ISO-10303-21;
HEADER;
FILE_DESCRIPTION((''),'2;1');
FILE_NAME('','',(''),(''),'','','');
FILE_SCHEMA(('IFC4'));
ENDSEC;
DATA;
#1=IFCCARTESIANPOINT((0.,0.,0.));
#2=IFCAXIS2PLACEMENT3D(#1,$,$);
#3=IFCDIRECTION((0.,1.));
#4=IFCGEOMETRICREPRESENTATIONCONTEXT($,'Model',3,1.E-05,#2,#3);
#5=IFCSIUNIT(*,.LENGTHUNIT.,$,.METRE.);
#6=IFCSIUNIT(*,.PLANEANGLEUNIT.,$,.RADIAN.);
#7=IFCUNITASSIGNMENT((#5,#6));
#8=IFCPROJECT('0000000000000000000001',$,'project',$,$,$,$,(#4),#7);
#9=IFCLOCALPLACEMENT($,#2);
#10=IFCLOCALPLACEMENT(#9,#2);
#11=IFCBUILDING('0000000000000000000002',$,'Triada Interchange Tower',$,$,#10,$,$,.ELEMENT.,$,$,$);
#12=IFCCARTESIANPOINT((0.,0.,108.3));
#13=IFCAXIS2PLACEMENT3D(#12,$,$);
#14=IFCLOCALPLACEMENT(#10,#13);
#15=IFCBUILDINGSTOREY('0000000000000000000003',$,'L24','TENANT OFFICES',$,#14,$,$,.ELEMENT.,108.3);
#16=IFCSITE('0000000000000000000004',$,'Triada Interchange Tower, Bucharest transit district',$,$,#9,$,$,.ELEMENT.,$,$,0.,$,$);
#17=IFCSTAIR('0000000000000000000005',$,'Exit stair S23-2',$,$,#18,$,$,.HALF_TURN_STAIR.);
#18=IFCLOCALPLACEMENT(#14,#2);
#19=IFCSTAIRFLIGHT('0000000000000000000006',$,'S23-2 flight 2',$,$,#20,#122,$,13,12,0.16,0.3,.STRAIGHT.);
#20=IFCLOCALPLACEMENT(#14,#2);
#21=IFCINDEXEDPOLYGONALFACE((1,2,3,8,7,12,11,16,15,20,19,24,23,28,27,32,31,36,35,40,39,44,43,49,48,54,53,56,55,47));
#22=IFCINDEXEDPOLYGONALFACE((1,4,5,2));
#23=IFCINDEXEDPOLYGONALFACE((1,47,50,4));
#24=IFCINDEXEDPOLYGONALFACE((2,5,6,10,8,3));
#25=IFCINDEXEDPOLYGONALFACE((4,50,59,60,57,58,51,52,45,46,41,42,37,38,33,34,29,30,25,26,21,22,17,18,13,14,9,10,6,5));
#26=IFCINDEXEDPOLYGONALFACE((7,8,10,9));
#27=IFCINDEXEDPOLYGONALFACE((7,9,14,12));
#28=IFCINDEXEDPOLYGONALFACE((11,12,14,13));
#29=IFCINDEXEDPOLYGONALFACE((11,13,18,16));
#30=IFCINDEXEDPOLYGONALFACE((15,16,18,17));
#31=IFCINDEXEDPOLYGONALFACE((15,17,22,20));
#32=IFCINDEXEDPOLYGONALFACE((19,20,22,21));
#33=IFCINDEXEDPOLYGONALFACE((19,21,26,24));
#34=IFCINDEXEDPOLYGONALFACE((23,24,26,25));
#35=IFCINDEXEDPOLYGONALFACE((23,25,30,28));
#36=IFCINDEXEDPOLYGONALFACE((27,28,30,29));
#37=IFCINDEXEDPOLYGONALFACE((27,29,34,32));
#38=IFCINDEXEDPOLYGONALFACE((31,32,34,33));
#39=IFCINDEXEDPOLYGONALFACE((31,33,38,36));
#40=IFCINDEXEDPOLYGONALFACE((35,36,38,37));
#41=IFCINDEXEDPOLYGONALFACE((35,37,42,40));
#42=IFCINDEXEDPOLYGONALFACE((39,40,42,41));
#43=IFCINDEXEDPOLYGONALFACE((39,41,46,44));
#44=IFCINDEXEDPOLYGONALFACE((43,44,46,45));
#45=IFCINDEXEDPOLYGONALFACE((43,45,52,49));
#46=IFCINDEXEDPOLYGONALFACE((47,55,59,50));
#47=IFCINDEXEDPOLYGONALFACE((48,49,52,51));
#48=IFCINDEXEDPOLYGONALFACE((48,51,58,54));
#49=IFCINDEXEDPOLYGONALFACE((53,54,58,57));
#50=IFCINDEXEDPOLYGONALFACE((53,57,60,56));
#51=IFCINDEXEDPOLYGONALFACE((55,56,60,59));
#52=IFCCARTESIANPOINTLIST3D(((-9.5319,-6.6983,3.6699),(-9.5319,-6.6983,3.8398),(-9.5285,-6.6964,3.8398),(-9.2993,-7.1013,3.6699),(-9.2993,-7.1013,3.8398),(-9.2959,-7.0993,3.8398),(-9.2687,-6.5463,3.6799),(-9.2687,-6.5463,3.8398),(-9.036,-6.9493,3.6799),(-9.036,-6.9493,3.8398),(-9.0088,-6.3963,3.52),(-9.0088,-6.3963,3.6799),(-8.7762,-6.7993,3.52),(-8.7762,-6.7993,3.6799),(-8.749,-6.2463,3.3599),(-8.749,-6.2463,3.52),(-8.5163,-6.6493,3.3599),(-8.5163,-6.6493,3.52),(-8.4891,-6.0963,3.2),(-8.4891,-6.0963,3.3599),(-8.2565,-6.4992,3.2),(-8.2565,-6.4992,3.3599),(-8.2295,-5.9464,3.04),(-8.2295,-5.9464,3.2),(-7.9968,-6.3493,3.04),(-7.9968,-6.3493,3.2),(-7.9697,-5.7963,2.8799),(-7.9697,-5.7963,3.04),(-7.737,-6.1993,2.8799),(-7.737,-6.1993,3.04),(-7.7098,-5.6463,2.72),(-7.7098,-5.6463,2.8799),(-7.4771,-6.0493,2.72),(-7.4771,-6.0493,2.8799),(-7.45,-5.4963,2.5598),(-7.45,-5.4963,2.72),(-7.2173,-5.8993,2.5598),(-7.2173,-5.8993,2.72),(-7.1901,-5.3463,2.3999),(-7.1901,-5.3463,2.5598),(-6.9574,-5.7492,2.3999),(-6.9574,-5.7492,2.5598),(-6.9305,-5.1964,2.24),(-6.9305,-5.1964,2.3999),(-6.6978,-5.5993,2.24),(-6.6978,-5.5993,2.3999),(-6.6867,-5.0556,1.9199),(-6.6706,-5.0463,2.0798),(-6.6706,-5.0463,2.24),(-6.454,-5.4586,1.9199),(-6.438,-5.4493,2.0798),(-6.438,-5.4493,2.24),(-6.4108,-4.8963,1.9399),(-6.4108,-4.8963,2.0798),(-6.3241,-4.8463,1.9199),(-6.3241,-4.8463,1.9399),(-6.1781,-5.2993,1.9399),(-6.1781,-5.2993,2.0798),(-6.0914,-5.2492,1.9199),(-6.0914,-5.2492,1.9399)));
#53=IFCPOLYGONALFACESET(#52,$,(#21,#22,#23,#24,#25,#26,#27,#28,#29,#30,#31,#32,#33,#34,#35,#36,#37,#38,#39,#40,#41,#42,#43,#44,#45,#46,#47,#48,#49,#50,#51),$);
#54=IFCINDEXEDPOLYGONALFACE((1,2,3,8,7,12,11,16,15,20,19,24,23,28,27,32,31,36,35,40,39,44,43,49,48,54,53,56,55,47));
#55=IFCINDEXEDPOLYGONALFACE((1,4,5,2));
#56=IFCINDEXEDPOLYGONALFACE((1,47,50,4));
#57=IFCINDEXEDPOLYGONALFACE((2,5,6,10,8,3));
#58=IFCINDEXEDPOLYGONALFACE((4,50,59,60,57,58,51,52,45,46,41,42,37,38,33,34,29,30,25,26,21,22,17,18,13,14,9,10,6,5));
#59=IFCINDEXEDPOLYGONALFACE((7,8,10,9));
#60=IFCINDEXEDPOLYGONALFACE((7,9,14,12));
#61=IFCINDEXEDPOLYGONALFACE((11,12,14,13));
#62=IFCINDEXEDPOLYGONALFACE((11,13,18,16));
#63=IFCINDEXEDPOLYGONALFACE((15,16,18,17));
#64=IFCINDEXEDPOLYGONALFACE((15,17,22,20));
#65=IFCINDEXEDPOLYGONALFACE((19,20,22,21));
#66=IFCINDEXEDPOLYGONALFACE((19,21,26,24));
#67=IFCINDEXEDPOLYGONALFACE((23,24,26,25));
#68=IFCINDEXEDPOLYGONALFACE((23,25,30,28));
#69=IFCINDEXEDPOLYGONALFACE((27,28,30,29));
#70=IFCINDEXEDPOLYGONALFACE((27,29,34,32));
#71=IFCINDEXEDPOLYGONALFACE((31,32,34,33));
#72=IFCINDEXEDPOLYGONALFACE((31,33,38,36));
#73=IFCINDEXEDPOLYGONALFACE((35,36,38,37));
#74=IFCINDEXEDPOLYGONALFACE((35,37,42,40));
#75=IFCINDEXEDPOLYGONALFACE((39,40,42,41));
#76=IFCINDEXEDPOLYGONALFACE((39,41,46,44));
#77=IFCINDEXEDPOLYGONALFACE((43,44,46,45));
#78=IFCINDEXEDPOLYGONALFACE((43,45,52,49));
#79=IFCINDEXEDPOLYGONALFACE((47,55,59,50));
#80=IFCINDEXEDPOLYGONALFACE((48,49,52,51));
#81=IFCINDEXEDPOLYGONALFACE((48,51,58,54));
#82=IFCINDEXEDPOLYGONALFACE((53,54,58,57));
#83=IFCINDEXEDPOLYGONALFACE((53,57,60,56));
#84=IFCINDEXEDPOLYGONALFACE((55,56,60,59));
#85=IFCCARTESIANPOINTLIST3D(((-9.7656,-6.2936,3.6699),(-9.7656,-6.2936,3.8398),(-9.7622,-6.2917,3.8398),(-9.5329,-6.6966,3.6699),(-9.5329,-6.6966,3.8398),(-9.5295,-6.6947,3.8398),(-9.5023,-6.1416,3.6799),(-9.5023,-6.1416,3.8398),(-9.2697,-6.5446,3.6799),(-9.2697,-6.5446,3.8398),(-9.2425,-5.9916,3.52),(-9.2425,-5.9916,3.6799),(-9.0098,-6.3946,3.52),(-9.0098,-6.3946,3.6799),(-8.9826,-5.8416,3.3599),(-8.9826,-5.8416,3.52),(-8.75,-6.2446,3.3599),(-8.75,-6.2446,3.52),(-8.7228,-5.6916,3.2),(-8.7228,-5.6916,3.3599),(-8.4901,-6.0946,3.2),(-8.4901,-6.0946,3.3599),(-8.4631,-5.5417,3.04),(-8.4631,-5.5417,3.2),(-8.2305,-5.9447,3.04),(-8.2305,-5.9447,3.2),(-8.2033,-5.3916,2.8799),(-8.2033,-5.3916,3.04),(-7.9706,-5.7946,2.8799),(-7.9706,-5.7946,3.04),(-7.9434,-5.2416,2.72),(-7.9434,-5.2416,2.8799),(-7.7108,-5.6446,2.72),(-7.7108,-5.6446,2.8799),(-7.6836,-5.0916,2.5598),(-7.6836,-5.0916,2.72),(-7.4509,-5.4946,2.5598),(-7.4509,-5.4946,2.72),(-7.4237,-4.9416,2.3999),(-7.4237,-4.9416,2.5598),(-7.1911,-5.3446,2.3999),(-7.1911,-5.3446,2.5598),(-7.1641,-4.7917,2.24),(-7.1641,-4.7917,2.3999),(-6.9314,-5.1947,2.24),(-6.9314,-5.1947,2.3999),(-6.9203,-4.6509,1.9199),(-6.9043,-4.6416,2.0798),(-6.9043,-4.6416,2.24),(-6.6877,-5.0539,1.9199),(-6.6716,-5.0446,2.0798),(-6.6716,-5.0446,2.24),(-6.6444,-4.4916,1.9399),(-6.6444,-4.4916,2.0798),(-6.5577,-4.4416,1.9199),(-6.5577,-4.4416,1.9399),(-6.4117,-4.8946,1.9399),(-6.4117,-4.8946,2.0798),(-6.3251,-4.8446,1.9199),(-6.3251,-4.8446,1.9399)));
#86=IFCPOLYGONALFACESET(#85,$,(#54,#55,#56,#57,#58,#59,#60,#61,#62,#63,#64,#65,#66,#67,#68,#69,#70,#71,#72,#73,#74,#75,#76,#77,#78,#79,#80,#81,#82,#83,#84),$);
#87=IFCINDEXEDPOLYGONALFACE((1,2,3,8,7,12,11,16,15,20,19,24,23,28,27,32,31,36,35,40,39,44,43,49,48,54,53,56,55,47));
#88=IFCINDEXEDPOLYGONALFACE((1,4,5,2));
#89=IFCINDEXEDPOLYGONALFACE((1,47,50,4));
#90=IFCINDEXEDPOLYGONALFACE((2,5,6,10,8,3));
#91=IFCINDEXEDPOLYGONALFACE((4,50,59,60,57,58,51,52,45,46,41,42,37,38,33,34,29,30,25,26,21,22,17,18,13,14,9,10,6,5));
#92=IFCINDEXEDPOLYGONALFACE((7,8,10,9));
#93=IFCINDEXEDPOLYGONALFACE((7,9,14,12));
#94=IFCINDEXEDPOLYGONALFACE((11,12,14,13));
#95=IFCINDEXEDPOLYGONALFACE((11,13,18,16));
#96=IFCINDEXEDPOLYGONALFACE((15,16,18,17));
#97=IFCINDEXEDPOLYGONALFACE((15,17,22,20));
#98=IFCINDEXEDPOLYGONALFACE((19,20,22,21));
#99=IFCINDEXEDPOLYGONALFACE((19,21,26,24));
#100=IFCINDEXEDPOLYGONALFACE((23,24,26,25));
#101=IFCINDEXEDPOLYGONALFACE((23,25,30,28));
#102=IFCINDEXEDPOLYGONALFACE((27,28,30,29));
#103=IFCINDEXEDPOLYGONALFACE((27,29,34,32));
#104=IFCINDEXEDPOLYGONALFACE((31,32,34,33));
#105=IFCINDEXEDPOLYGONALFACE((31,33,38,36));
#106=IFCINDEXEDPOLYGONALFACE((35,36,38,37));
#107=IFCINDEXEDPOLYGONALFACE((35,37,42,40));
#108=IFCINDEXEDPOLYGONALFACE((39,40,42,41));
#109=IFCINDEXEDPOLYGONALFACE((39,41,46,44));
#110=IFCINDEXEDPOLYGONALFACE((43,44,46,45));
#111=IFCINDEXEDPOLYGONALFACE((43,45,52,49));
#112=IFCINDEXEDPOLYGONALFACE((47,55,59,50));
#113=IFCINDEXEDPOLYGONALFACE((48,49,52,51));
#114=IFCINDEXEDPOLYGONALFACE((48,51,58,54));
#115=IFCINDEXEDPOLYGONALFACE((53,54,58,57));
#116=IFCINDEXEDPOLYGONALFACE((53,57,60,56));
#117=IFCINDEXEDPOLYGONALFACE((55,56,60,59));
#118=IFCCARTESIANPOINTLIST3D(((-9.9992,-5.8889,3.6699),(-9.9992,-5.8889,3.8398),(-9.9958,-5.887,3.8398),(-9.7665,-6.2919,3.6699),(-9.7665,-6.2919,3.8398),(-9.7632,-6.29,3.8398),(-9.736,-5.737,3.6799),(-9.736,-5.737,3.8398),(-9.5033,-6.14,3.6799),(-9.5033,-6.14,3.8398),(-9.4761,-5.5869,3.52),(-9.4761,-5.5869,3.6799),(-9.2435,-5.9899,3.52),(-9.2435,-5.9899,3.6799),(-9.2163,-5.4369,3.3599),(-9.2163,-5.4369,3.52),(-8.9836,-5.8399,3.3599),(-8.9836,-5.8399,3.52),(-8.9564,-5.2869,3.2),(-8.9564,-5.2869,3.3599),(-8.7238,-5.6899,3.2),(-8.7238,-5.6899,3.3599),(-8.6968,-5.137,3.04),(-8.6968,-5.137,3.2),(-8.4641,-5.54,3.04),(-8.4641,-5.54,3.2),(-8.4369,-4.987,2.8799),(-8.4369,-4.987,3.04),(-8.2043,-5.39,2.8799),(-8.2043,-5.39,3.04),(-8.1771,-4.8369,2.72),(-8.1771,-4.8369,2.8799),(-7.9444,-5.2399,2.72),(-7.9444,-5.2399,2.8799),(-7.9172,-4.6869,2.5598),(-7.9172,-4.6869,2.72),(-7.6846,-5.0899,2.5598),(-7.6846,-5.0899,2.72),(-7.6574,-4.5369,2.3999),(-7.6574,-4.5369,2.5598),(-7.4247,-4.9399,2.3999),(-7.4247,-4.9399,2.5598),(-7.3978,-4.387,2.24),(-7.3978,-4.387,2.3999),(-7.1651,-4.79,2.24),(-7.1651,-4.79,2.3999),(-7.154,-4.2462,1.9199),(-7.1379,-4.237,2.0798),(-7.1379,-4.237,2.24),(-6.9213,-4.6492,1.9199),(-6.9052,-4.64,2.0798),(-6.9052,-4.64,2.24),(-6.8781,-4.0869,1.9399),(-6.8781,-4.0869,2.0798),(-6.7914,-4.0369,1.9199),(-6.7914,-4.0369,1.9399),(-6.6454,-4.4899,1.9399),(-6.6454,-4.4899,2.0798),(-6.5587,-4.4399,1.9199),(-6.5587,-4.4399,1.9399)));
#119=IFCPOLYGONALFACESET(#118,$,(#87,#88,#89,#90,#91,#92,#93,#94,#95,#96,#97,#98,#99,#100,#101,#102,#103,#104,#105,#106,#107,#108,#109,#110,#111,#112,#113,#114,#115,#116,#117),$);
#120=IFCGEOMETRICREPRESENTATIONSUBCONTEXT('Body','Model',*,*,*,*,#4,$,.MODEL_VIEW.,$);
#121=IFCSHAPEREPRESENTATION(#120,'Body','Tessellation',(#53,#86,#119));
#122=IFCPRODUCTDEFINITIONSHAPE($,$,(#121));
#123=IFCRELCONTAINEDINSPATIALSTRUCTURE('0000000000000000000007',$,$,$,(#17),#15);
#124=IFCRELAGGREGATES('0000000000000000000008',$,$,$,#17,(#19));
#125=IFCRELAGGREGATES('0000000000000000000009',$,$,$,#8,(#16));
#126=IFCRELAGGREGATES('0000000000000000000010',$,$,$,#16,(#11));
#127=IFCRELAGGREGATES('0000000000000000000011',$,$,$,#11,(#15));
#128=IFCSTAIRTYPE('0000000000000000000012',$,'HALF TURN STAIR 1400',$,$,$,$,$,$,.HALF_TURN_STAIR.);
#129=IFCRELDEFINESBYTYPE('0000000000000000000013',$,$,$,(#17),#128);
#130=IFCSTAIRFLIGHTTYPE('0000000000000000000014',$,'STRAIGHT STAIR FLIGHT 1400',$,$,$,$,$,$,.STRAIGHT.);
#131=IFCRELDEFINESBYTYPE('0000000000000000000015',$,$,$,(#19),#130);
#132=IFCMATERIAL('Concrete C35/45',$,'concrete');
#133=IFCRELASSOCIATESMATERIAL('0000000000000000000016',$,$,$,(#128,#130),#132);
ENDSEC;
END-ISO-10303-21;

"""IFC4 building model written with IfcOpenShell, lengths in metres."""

from ifc_helpers import new_model, si_unit, direction, frame, origin, place, context, subcontext, project, spatial, polyline, outline, extrude, material, type_object, element, aggregate, save


model = new_model("IFC4")

# Units and contexts
model_context = context("Model", 3, precision=1e-05, world=origin(), true_north=direction((0.0, 1.0)))
body_context = subcontext(model_context, "Body", "Model", "MODEL_VIEW")
ifc_project = project(units=[si_unit("LENGTHUNIT", "METRE"), si_unit("PLANEANGLEUNIT", "RADIAN")], contexts=[model_context])

# Site, building, storey
site_placement = place(None, origin())
site = spatial("IfcSite", under=ifc_project, at=site_placement, Name="Triada Interchange Tower, Bucharest transit district", CompositionType="ELEMENT", RefElevation=0.0)
building_placement = place(site_placement, origin())
building = spatial("IfcBuilding", under=site, at=building_placement, Name="Triada Interchange Tower", CompositionType="ELEMENT")
storey_placement = place(building_placement, frame((0.0, 0.0, 108.3)))
storey = spatial("IfcBuildingStorey", under=building, at=storey_placement, Name="L24", Description="TENANT OFFICES", CompositionType="ELEMENT", Elevation=108.3)

# Stair, stair flight
ifc_material_1 = material(Name="Concrete C35/45", Category="concrete")
stair_type = type_object("IfcStairType", Name="HALF TURN STAIR 1400", PredefinedType="HALF_TURN_STAIR", material=ifc_material_1)
stair_placement = place(storey_placement, origin())
stair = element("IfcStair", 1, at=stair_placement, inside=storey, type_object=stair_type, Name="Exit stair S23-2", PredefinedType="HALF_TURN_STAIR")
stair_flight_type = type_object("IfcStairFlightType", Name="STRAIGHT STAIR FLIGHT 1400", PredefinedType="STRAIGHT", material=ifc_material_1)
stair_flight_1_placement = place(storey_placement, frame((-6.5281, -4.6931, 1.9199), z_axis=(0.0, 0.0, 1.0), x_axis=(-0.866025, -0.5, 0.0)))
stair_flight_1 = element("IfcStairFlight", 2, at=stair_flight_1_placement, type_object=stair_flight_type, Name="S23-2 flight 2", NumberOfRisers=13, NumberOfTreads=12, PredefinedType="STRAIGHT", RiserHeight=0.16, TreadLength=0.3, context=body_context, shape_type="SweptSolid", body=[
    extrude(outline(polyline([(-0.1001, 0.0), (-0.1001, 0.02), (0.0, 0.02), (0.0, 0.1599), (0.3, 0.1599), (0.3, 0.3201), (0.6001, 0.3201), (0.6001, 0.48), (0.8999, 0.48), (0.8999, 0.6399), (1.2, 0.6399), (1.2, 0.8), (1.5, 0.8), (1.5, 0.96), (1.8, 0.96), (1.8, 1.1201), (2.1001, 1.1201), (2.1001, 1.28), (2.3999, 1.28), (2.3999, 1.4399), (2.7, 1.4399), (2.7, 1.6001), (3.0, 1.6001), (3.0, 1.76), (3.3, 1.76), (3.3, 1.9199), (3.6001, 1.9199), (3.604, 1.9199), (3.604, 2.0801), (3.604, 1.75), (0.3186, 0.0), (-0.1001, 0.0)])), frame((0.0, 0.7, 0.0), z_axis=(0.0, -1.0, 0.0), x_axis=(1.0, 0.0, 0.0)), (0.0, 0.0, 1.0), 0.4653),
    extrude(outline(polyline([(-0.1001, 0.0), (-0.1001, 0.02), (0.0, 0.02), (0.0, 0.1599), (0.3, 0.1599), (0.3, 0.3201), (0.6001, 0.3201), (0.6001, 0.48), (0.8999, 0.48), (0.8999, 0.6399), (1.2, 0.6399), (1.2, 0.8), (1.5, 0.8), (1.5, 0.96), (1.8, 0.96), (1.8, 1.1201), (2.1001, 1.1201), (2.1001, 1.28), (2.3999, 1.28), (2.3999, 1.4399), (2.7, 1.4399), (2.7, 1.6001), (3.0, 1.6001), (3.0, 1.76), (3.3, 1.76), (3.3, 1.9199), (3.6001, 1.9199), (3.604, 1.9199), (3.604, 2.0801), (3.604, 1.75), (0.3186, 0.0), (-0.1001, 0.0)])), frame((0.0, 0.2327, 0.0), z_axis=(0.0, -1.0, 0.0), x_axis=(1.0, 0.0, 0.0)), (0.0, 0.0, 1.0), 0.4653),
    extrude(outline(polyline([(-0.1001, 0.0), (-0.1001, 0.02), (0.0, 0.02), (0.0, 0.1599), (0.3, 0.1599), (0.3, 0.3201), (0.6001, 0.3201), (0.6001, 0.48), (0.8999, 0.48), (0.8999, 0.6399), (1.2, 0.6399), (1.2, 0.8), (1.5, 0.8), (1.5, 0.96), (1.8, 0.96), (1.8, 1.1201), (2.1001, 1.1201), (2.1001, 1.28), (2.3999, 1.28), (2.3999, 1.4399), (2.7, 1.4399), (2.7, 1.6001), (3.0, 1.6001), (3.0, 1.76), (3.3, 1.76), (3.3, 1.9199), (3.6001, 1.9199), (3.604, 1.9199), (3.604, 2.0801), (3.604, 1.75), (0.3186, 0.0), (-0.1001, 0.0)])), frame((0.0, -0.2346, 0.0), z_axis=(0.0, -1.0, 0.0), x_axis=(1.0, 0.0, 0.0)), (0.0, 0.0, 1.0), 0.4653),
])
aggregate(stair, [stair_flight_1])

save(model, "model.ifc")
